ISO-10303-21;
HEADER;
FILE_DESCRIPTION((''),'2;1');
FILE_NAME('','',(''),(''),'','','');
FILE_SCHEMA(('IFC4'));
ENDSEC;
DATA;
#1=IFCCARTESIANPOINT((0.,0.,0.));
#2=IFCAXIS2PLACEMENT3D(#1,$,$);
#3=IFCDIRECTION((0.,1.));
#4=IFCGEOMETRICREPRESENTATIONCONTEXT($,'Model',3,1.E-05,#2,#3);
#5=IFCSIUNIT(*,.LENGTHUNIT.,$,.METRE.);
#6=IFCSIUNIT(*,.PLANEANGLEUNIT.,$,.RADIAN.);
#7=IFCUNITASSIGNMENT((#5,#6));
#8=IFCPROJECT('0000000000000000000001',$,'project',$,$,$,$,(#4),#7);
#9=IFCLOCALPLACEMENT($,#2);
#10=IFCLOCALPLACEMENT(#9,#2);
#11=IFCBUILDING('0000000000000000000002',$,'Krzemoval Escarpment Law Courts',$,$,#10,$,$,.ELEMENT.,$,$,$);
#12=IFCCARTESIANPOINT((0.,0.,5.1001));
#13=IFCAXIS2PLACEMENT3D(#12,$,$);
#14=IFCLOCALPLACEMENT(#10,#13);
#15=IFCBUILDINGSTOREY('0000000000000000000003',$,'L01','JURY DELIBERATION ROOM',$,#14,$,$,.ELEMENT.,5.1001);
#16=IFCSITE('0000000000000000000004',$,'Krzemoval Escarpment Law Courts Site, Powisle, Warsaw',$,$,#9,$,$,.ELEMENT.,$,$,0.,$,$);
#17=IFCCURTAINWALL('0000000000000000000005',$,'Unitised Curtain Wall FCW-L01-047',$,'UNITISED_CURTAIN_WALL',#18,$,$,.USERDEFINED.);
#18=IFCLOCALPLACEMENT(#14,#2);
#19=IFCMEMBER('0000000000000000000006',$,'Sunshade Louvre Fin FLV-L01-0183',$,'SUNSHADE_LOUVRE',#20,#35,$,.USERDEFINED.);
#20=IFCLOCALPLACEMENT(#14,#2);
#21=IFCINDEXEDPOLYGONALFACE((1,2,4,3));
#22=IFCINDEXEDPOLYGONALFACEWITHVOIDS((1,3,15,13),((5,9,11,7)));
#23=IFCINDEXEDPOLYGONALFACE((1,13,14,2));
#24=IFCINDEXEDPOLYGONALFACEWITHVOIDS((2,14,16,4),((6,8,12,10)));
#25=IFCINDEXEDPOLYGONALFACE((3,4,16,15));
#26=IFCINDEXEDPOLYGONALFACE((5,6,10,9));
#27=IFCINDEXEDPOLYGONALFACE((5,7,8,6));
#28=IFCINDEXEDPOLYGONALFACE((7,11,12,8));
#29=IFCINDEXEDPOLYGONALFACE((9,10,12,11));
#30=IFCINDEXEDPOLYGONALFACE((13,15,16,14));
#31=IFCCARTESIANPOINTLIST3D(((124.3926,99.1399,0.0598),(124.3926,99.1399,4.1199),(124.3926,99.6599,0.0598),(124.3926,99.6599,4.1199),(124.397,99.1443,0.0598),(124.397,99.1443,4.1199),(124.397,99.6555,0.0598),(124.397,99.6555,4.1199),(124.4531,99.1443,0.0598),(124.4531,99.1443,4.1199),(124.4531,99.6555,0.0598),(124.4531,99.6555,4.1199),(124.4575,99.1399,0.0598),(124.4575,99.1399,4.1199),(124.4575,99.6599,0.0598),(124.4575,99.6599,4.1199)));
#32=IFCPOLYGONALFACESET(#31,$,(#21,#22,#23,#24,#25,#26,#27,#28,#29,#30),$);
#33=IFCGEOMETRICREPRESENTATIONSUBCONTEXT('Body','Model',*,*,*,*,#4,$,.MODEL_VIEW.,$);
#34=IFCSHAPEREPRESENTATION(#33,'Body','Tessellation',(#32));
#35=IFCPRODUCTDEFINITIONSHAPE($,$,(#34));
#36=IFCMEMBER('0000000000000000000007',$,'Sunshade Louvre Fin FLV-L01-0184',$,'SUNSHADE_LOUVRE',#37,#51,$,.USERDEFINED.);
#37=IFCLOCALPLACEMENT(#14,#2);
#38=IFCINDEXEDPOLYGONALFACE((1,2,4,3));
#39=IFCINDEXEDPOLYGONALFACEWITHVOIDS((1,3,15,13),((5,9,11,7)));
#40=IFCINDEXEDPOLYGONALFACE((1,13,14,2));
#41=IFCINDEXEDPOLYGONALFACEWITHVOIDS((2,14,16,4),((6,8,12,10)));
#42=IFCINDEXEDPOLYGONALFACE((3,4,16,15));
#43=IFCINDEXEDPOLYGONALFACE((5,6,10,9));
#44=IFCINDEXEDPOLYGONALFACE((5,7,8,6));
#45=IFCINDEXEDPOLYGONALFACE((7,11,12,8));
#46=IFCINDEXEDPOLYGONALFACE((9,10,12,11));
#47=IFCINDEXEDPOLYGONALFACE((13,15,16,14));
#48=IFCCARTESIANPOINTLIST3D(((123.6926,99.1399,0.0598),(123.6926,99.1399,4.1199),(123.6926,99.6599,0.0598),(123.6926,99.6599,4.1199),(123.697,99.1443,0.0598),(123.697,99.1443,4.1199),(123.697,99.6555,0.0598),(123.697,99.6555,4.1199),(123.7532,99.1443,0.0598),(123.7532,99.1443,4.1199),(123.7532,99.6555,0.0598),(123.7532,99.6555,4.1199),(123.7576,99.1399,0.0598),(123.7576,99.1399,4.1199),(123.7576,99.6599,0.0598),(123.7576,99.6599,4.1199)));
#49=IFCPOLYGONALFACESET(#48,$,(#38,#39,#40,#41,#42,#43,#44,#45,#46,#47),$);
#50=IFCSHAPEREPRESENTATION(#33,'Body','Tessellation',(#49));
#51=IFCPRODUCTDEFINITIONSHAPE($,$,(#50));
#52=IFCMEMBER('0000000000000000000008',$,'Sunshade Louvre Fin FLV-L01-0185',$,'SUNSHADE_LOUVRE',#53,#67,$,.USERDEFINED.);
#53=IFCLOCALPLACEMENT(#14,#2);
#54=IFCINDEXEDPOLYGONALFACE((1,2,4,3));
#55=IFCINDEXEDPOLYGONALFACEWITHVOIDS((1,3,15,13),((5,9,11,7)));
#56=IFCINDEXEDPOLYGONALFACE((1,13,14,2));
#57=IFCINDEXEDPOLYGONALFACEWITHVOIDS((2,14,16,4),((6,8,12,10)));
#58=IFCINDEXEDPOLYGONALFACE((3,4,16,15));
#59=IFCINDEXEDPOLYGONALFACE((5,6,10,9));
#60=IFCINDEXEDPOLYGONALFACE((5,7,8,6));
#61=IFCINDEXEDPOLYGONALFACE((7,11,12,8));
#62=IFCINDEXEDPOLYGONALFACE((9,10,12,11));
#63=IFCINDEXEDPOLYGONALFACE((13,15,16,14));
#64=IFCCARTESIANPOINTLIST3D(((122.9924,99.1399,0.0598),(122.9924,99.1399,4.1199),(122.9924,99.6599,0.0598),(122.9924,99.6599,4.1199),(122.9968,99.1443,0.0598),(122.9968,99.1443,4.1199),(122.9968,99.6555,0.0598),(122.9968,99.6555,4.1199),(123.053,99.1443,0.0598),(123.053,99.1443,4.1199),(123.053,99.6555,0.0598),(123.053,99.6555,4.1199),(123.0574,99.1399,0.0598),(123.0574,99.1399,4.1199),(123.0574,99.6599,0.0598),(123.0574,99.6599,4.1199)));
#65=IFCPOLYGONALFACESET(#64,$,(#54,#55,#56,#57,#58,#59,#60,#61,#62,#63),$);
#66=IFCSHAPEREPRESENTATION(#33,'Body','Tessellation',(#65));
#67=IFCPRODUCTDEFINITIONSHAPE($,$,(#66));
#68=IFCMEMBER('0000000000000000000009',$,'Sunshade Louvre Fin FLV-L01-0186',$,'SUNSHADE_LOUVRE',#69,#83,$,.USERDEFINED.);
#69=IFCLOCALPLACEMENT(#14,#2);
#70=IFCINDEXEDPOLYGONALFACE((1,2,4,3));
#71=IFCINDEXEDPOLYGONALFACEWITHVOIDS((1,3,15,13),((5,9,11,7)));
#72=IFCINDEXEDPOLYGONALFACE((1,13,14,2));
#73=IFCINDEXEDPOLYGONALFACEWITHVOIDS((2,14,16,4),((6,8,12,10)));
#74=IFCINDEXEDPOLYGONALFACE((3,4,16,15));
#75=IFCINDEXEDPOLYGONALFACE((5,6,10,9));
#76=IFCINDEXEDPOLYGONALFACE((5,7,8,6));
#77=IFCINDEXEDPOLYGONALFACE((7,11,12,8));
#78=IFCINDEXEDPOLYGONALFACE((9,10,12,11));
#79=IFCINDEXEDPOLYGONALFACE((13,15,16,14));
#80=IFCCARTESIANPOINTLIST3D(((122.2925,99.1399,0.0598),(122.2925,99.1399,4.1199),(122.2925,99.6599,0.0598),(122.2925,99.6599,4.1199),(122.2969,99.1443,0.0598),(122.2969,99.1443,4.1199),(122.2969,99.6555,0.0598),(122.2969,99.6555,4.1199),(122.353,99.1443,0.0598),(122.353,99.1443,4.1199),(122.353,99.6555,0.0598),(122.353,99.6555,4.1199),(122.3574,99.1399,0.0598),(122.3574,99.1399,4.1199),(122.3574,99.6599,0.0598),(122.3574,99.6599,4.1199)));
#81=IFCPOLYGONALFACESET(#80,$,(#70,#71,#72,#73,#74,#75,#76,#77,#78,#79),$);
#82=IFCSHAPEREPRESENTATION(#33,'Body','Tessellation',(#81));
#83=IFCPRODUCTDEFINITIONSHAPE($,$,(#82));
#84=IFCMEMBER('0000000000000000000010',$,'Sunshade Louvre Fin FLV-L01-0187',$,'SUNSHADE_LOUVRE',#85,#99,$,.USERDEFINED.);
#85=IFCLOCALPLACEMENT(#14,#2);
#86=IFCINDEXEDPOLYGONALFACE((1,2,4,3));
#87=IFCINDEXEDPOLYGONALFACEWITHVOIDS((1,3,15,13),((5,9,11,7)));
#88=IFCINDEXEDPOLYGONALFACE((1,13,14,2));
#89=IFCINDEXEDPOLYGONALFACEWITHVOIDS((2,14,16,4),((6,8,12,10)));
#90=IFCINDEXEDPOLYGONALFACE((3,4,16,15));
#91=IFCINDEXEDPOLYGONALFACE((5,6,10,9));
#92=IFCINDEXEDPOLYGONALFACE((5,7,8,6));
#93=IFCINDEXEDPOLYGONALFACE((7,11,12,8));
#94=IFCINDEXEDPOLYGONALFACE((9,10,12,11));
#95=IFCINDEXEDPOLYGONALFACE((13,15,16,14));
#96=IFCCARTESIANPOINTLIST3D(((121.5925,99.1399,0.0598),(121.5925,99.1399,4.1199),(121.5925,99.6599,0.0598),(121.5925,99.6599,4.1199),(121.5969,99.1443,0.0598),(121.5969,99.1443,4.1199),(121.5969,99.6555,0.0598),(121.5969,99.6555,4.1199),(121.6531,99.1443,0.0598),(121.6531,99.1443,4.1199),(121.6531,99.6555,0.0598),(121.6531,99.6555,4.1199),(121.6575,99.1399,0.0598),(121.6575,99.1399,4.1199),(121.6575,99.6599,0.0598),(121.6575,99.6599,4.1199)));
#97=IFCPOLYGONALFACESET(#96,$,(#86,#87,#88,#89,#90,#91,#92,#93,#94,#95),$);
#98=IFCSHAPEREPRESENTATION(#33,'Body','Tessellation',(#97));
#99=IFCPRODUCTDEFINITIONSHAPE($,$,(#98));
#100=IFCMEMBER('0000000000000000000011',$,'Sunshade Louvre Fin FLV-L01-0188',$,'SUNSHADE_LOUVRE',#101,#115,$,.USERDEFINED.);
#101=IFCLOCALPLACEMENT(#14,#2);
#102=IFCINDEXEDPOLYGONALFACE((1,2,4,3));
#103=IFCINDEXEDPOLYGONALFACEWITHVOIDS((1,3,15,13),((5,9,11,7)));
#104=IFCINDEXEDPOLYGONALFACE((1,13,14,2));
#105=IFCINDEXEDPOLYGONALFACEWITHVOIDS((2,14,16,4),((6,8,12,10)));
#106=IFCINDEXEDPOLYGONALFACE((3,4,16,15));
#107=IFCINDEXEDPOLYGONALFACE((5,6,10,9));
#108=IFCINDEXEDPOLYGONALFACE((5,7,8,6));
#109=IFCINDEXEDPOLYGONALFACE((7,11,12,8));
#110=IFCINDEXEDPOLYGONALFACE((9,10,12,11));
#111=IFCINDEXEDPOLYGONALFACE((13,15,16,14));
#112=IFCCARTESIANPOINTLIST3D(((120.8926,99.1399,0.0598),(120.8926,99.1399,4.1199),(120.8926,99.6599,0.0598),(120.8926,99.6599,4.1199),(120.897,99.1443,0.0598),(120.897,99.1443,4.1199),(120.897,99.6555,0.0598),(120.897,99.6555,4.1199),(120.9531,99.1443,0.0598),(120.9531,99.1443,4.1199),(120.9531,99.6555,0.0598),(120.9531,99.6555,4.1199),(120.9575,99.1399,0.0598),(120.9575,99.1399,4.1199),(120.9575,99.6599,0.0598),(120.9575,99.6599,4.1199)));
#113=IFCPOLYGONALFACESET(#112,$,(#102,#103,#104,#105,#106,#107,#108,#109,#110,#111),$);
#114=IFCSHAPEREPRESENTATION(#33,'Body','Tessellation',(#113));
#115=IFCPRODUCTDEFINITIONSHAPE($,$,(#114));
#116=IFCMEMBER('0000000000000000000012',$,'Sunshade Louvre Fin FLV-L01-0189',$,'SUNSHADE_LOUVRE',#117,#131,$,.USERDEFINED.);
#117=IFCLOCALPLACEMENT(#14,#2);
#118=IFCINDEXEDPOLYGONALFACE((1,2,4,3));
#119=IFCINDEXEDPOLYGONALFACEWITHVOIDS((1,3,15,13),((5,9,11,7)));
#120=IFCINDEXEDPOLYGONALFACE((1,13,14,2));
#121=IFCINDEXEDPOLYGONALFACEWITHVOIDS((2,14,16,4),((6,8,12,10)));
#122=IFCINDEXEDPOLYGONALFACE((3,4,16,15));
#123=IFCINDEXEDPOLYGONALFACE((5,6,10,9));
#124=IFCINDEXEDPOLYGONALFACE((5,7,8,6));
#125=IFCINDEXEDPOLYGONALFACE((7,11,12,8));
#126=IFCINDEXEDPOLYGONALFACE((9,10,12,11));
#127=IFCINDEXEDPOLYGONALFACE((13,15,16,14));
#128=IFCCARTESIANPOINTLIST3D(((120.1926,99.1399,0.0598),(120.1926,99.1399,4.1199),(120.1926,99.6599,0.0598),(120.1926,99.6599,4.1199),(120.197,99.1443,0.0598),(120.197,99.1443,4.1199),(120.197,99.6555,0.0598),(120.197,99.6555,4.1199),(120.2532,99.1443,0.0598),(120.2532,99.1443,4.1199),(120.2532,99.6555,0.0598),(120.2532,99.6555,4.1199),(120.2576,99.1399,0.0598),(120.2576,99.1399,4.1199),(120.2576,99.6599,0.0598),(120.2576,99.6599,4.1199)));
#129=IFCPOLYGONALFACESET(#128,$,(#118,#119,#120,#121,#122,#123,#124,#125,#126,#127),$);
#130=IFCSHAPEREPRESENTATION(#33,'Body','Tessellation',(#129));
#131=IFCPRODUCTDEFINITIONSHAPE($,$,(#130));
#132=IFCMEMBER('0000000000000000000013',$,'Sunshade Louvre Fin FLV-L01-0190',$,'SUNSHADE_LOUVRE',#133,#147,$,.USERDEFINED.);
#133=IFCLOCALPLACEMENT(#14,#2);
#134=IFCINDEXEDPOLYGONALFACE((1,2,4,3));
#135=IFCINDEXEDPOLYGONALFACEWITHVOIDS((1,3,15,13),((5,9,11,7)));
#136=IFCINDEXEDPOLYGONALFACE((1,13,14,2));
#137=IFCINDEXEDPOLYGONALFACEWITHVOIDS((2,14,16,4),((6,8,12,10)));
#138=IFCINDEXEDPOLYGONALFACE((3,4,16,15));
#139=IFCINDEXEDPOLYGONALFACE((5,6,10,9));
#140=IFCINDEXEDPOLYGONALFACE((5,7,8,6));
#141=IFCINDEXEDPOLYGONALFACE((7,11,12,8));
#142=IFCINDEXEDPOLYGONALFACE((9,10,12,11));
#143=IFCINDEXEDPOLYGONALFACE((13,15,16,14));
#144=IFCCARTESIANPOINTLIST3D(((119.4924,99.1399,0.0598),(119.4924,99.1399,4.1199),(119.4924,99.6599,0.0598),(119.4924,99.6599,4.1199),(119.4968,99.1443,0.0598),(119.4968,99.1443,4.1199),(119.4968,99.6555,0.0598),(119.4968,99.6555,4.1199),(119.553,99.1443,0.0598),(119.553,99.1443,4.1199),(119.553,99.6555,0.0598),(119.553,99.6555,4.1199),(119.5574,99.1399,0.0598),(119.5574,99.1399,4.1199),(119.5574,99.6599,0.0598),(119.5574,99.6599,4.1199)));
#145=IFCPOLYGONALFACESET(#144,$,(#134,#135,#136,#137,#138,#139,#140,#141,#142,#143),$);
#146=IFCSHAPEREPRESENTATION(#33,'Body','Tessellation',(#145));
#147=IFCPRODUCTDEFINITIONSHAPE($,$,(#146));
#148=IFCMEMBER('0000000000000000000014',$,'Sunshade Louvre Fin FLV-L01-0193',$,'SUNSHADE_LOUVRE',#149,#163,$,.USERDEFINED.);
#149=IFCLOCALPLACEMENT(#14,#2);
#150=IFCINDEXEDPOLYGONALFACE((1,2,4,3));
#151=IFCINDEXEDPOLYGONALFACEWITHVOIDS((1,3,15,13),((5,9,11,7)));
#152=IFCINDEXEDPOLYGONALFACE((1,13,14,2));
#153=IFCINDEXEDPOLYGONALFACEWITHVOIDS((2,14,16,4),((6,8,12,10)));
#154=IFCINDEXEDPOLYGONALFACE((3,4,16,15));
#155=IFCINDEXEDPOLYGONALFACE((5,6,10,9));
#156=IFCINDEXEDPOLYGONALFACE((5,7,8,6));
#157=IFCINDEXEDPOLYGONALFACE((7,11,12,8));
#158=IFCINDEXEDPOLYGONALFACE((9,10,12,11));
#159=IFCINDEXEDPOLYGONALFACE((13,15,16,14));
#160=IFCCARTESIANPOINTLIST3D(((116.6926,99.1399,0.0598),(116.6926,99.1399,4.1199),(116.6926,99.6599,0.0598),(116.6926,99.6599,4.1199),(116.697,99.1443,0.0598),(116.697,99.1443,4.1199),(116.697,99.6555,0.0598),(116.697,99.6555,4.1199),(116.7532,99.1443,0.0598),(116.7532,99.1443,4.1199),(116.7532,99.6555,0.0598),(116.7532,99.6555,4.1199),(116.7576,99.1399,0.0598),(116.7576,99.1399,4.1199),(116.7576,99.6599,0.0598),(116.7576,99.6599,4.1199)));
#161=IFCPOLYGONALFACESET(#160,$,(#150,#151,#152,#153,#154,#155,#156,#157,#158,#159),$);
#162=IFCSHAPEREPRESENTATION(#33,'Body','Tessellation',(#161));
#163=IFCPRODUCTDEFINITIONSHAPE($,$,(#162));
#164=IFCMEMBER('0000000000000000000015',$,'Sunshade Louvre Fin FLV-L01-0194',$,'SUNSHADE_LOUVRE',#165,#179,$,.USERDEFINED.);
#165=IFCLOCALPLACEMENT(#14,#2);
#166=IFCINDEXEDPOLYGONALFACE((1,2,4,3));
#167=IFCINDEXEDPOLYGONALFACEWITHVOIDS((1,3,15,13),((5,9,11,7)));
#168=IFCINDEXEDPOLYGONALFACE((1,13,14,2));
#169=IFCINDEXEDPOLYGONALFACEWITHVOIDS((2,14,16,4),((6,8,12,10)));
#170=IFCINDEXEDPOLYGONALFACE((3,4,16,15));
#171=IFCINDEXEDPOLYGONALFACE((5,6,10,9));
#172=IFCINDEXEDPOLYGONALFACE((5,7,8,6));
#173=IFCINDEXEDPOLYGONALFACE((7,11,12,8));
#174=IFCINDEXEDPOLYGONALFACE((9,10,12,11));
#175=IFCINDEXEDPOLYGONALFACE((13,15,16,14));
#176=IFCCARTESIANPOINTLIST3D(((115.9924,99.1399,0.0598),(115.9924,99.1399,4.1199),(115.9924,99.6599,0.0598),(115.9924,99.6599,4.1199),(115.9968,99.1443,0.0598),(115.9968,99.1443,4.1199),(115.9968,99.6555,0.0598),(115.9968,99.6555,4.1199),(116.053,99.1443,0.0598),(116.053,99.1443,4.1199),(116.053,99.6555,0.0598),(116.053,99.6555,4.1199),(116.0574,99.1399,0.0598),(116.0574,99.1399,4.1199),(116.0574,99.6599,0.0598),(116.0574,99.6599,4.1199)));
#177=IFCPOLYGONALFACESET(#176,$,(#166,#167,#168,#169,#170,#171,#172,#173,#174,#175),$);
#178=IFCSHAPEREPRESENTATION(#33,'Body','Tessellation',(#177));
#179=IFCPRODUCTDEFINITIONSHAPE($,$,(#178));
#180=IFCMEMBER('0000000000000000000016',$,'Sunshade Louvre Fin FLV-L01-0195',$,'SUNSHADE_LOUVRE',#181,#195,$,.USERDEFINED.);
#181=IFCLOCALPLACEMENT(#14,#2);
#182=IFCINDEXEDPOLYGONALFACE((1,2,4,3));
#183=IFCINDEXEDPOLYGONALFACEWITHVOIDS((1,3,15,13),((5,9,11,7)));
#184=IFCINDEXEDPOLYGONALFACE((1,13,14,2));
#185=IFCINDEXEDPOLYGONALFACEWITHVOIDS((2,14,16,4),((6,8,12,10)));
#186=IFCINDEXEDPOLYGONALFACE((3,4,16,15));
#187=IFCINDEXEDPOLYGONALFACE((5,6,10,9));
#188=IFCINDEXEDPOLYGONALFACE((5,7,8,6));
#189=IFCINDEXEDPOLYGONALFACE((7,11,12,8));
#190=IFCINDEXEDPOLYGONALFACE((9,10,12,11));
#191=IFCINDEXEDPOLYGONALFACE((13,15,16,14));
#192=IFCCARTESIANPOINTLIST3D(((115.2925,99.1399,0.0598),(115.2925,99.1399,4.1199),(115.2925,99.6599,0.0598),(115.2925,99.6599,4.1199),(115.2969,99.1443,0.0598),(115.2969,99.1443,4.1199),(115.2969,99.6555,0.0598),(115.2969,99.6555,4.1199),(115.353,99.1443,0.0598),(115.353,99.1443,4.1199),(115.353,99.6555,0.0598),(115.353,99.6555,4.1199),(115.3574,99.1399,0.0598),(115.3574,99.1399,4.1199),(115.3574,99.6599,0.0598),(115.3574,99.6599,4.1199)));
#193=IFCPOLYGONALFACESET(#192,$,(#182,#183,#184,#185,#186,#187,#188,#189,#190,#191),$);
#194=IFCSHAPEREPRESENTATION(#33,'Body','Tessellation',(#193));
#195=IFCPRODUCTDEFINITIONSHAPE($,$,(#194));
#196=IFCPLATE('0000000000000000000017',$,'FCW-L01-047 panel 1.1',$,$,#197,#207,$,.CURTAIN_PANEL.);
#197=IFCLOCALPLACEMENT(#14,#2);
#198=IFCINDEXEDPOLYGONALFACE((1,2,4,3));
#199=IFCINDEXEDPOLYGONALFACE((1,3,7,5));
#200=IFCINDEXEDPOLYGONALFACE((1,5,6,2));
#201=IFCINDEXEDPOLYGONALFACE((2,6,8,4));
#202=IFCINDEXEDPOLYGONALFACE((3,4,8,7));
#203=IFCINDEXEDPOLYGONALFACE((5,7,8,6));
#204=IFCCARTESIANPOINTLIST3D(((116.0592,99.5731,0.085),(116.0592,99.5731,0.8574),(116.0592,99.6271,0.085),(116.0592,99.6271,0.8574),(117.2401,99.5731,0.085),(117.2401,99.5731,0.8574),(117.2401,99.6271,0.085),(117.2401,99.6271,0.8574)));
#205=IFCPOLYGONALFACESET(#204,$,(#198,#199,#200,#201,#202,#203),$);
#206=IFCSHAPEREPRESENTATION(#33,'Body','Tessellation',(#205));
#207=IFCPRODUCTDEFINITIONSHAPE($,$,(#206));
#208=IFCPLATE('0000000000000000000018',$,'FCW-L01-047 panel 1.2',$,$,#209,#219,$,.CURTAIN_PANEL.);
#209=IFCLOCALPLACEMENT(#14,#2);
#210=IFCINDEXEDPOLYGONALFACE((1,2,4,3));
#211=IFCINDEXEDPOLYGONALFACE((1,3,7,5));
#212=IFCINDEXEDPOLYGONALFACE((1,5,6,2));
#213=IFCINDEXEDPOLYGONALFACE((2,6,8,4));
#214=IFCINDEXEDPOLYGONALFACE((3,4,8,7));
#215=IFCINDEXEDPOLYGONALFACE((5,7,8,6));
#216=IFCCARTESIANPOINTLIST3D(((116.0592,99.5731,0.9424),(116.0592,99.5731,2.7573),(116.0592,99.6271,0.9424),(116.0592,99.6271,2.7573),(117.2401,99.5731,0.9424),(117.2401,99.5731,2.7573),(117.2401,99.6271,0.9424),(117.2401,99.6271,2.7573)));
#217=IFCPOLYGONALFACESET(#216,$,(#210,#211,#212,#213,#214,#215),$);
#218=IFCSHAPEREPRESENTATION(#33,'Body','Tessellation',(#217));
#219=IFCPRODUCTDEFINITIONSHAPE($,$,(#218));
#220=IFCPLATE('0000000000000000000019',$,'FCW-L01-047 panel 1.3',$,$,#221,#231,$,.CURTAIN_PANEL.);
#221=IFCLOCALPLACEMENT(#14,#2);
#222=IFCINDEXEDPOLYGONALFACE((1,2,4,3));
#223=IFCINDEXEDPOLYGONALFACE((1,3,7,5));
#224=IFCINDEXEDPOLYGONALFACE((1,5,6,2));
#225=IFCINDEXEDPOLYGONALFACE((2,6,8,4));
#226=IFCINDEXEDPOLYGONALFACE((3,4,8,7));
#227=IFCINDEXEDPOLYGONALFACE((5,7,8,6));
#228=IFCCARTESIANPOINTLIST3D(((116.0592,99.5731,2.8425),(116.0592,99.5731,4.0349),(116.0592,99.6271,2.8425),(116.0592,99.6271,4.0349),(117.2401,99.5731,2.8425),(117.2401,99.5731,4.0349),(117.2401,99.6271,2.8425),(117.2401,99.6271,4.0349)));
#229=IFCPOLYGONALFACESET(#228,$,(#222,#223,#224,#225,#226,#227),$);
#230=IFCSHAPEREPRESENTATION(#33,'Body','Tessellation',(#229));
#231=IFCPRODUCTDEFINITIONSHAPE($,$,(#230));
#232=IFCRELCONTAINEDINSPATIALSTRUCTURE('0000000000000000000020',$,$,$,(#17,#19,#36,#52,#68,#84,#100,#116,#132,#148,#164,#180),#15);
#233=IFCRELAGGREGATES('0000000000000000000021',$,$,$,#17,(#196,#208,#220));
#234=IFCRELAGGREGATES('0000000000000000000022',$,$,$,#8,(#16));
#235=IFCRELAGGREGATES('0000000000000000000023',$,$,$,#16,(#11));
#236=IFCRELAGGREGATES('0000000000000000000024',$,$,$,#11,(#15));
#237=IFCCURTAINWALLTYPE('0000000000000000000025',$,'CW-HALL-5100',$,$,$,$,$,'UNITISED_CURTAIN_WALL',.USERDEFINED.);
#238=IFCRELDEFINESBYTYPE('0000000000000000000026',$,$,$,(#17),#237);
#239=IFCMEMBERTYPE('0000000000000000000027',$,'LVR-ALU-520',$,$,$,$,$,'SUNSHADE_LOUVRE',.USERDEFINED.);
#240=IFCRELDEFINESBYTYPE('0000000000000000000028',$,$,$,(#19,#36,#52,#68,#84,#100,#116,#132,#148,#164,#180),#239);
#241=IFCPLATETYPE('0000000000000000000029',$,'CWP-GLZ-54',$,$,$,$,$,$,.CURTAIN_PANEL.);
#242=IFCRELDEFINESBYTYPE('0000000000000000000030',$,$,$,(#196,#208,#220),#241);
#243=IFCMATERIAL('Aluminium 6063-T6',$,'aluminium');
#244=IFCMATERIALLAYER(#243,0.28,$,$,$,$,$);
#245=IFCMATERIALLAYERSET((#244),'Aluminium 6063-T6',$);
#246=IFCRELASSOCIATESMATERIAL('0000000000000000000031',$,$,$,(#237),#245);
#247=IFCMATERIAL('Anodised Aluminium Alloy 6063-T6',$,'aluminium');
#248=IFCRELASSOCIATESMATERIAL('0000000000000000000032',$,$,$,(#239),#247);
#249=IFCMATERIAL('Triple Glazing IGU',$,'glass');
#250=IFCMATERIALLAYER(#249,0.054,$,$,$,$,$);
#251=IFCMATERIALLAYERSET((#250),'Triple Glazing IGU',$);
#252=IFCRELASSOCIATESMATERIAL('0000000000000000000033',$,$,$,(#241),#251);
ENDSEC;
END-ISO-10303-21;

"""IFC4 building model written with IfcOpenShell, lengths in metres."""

from ifc_helpers import new_model, si_unit, direction, frame, origin, origin_2d, place, context, subcontext, project, spatial, rectangle, hollow_rectangle, extrude, material, layer, layer_set, material_profile, profile_set, type_object, element, aggregate, save


model = new_model("IFC4")

# Units and contexts
model_context = context("Model", 3, precision=1e-05, world=origin(), true_north=direction((0.0, 1.0)))
body_context = subcontext(model_context, "Body", "Model", "MODEL_VIEW")
ifc_project = project(units=[si_unit("LENGTHUNIT", "METRE"), si_unit("PLANEANGLEUNIT", "RADIAN")], contexts=[model_context])

# Site, building, storey
site_placement = place(None, origin())
site = spatial("IfcSite", under=ifc_project, at=site_placement, Name="Krzemoval Escarpment Law Courts Site, Powisle, Warsaw", CompositionType="ELEMENT", RefElevation=0.0)
building_placement = place(site_placement, origin())
building = spatial("IfcBuilding", under=site, at=building_placement, Name="Krzemoval Escarpment Law Courts", CompositionType="ELEMENT")
storey_placement = place(building_placement, frame((0.0, 0.0, 5.1001)))
storey = spatial("IfcBuildingStorey", under=building, at=storey_placement, Name="L01", Description="JURY DELIBERATION ROOM", CompositionType="ELEMENT", Elevation=5.1001)

# Curtain wall
ifc_material_1 = material(Name="Aluminium 6063-T6", Category="aluminium")
ifc_layer_1 = layer(ifc_material_1, 0.28)
ifc_layer_set_1 = layer_set([ifc_layer_1], Name="Aluminium 6063-T6")
curtain_wall_type = type_object("IfcCurtainWallType", Name="CW-HALL-5100", ElementType="UNITISED_CURTAIN_WALL", PredefinedType="USERDEFINED", material=ifc_layer_set_1)
curtain_wall_placement = place(storey_placement, origin())
curtain_wall = element("IfcCurtainWall", 1, at=curtain_wall_placement, inside=storey, type_object=curtain_wall_type, Name="Unitised Curtain Wall FCW-L01-047", ObjectType="UNITISED_CURTAIN_WALL", PredefinedType="USERDEFINED")

# Members
ifc_material_2 = material(Name="Anodised Aluminium Alloy 6063-T6", Category="aluminium")
ifc_material_profile_1 = material_profile(ifc_material_2, hollow_rectangle(XDim=0.0649, YDim=0.52, WallThickness=0.0044, at=origin_2d()), Name="ALU LVR 65x520")
ifc_profile_set_1 = profile_set([ifc_material_profile_1], Name="Anodised Aluminium Alloy 6063-T6")
member_type_1 = type_object("IfcMemberType", Name="LVR-ALU-520", ElementType="SUNSHADE_LOUVRE", PredefinedType="USERDEFINED", material=ifc_profile_set_1)
for number, where, z_axis, x_axis, name in (
    (2, (124.425, 99.3999, 0.0598), (0.0, 0.0, 1.0), (1.0, 0.0, 0.0), "Sunshade Louvre Fin FLV-L01-0183"),
    (3, (123.7251, 99.3999, 0.0598), (0.0, 0.0, 1.0), (1.0, 0.0, 0.0), "Sunshade Louvre Fin FLV-L01-0184"),
    (4, (123.0249, 99.3999, 0.0598), (0.0, 0.0, 1.0), (1.0, 0.0, 0.0), "Sunshade Louvre Fin FLV-L01-0185"),
    (5, (122.325, 99.3999, 0.0598), (0.0, 0.0, 1.0), (1.0, 0.0, 0.0), "Sunshade Louvre Fin FLV-L01-0186"),
    (6, (121.625, 99.3999, 0.0598), (0.0, 0.0, 1.0), (1.0, 0.0, 0.0), "Sunshade Louvre Fin FLV-L01-0187"),
    (7, (120.925, 99.3999, 0.0598), (0.0, 0.0, 1.0), (1.0, 0.0, 0.0), "Sunshade Louvre Fin FLV-L01-0188"),
    (8, (120.2251, 99.3999, 0.0598), (0.0, 0.0, 1.0), (1.0, 0.0, 0.0), "Sunshade Louvre Fin FLV-L01-0189"),
    (9, (119.5249, 99.3999, 0.0598), (0.0, 0.0, 1.0), (1.0, 0.0, 0.0), "Sunshade Louvre Fin FLV-L01-0190"),
    (10, (116.7251, 99.3999, 0.0598), (0.0, 0.0, 1.0), (1.0, 0.0, 0.0), "Sunshade Louvre Fin FLV-L01-0193"),
    (11, (116.0249, 99.3999, 0.0598), (0.0, 0.0, 1.0), (1.0, 0.0, 0.0), "Sunshade Louvre Fin FLV-L01-0194"),
    (12, (115.325, 99.3999, 0.0598), (0.0, 0.0, 1.0), (1.0, 0.0, 0.0), "Sunshade Louvre Fin FLV-L01-0195"),
):
    element("IfcMember", number, at=place(storey_placement, frame(where, z_axis=z_axis, x_axis=x_axis)), inside=storey, type_object=member_type_1, Name=name, ObjectType="SUNSHADE_LOUVRE", PredefinedType="USERDEFINED", context=body_context, shape_type="SweptSolid", body=[
        extrude(hollow_rectangle(XDim=0.0649, YDim=0.52, WallThickness=0.0044, at=origin_2d()), origin(), (0.0, 0.0, 1.0), 4.0601),
    ])

# Plates
ifc_material_3 = material(Name="Triple Glazing IGU", Category="glass")
ifc_layer_2 = layer(ifc_material_3, 0.054)
ifc_layer_set_2 = layer_set([ifc_layer_2], Name="Triple Glazing IGU")
plate_type = type_object("IfcPlateType", Name="CWP-GLZ-54", PredefinedType="CURTAIN_PANEL", material=ifc_layer_set_2)
plate_1_placement = place(storey_placement, frame((116.6497, 99.6001, 0.085), z_axis=(0.0, 0.0, 1.0), x_axis=(-1.0, 0.0, 0.0)))
plate_1 = element("IfcPlate", 13, at=plate_1_placement, type_object=plate_type, Name="FCW-L01-047 panel 1.1", PredefinedType="CURTAIN_PANEL", context=body_context, shape_type="SweptSolid", body=[
    extrude(rectangle(XDim=1.1809, YDim=0.054, at=origin_2d()), origin(), (0.0, 0.0, 1.0), 0.7725),
])
plate_2_placement = place(storey_placement, frame((116.6497, 99.6001, 0.9424), z_axis=(0.0, 0.0, 1.0), x_axis=(-1.0, 0.0, 0.0)))
plate_2 = element("IfcPlate", 14, at=plate_2_placement, type_object=plate_type, Name="FCW-L01-047 panel 1.2", PredefinedType="CURTAIN_PANEL", context=body_context, shape_type="SweptSolid", body=[
    extrude(rectangle(XDim=1.1809, YDim=0.054, at=origin_2d()), origin(), (0.0, 0.0, 1.0), 1.8149),
])
plate_3_placement = place(storey_placement, frame((116.6497, 99.6001, 2.8425), z_axis=(0.0, 0.0, 1.0), x_axis=(-1.0, 0.0, 0.0)))
plate_3 = element("IfcPlate", 15, at=plate_3_placement, type_object=plate_type, Name="FCW-L01-047 panel 1.3", PredefinedType="CURTAIN_PANEL", context=body_context, shape_type="SweptSolid", body=[
    extrude(rectangle(XDim=1.1809, YDim=0.054, at=origin_2d()), origin(), (0.0, 0.0, 1.0), 1.1924),
])
aggregate(curtain_wall, [plate_1, plate_2, plate_3])

save(model, "model.ifc")
